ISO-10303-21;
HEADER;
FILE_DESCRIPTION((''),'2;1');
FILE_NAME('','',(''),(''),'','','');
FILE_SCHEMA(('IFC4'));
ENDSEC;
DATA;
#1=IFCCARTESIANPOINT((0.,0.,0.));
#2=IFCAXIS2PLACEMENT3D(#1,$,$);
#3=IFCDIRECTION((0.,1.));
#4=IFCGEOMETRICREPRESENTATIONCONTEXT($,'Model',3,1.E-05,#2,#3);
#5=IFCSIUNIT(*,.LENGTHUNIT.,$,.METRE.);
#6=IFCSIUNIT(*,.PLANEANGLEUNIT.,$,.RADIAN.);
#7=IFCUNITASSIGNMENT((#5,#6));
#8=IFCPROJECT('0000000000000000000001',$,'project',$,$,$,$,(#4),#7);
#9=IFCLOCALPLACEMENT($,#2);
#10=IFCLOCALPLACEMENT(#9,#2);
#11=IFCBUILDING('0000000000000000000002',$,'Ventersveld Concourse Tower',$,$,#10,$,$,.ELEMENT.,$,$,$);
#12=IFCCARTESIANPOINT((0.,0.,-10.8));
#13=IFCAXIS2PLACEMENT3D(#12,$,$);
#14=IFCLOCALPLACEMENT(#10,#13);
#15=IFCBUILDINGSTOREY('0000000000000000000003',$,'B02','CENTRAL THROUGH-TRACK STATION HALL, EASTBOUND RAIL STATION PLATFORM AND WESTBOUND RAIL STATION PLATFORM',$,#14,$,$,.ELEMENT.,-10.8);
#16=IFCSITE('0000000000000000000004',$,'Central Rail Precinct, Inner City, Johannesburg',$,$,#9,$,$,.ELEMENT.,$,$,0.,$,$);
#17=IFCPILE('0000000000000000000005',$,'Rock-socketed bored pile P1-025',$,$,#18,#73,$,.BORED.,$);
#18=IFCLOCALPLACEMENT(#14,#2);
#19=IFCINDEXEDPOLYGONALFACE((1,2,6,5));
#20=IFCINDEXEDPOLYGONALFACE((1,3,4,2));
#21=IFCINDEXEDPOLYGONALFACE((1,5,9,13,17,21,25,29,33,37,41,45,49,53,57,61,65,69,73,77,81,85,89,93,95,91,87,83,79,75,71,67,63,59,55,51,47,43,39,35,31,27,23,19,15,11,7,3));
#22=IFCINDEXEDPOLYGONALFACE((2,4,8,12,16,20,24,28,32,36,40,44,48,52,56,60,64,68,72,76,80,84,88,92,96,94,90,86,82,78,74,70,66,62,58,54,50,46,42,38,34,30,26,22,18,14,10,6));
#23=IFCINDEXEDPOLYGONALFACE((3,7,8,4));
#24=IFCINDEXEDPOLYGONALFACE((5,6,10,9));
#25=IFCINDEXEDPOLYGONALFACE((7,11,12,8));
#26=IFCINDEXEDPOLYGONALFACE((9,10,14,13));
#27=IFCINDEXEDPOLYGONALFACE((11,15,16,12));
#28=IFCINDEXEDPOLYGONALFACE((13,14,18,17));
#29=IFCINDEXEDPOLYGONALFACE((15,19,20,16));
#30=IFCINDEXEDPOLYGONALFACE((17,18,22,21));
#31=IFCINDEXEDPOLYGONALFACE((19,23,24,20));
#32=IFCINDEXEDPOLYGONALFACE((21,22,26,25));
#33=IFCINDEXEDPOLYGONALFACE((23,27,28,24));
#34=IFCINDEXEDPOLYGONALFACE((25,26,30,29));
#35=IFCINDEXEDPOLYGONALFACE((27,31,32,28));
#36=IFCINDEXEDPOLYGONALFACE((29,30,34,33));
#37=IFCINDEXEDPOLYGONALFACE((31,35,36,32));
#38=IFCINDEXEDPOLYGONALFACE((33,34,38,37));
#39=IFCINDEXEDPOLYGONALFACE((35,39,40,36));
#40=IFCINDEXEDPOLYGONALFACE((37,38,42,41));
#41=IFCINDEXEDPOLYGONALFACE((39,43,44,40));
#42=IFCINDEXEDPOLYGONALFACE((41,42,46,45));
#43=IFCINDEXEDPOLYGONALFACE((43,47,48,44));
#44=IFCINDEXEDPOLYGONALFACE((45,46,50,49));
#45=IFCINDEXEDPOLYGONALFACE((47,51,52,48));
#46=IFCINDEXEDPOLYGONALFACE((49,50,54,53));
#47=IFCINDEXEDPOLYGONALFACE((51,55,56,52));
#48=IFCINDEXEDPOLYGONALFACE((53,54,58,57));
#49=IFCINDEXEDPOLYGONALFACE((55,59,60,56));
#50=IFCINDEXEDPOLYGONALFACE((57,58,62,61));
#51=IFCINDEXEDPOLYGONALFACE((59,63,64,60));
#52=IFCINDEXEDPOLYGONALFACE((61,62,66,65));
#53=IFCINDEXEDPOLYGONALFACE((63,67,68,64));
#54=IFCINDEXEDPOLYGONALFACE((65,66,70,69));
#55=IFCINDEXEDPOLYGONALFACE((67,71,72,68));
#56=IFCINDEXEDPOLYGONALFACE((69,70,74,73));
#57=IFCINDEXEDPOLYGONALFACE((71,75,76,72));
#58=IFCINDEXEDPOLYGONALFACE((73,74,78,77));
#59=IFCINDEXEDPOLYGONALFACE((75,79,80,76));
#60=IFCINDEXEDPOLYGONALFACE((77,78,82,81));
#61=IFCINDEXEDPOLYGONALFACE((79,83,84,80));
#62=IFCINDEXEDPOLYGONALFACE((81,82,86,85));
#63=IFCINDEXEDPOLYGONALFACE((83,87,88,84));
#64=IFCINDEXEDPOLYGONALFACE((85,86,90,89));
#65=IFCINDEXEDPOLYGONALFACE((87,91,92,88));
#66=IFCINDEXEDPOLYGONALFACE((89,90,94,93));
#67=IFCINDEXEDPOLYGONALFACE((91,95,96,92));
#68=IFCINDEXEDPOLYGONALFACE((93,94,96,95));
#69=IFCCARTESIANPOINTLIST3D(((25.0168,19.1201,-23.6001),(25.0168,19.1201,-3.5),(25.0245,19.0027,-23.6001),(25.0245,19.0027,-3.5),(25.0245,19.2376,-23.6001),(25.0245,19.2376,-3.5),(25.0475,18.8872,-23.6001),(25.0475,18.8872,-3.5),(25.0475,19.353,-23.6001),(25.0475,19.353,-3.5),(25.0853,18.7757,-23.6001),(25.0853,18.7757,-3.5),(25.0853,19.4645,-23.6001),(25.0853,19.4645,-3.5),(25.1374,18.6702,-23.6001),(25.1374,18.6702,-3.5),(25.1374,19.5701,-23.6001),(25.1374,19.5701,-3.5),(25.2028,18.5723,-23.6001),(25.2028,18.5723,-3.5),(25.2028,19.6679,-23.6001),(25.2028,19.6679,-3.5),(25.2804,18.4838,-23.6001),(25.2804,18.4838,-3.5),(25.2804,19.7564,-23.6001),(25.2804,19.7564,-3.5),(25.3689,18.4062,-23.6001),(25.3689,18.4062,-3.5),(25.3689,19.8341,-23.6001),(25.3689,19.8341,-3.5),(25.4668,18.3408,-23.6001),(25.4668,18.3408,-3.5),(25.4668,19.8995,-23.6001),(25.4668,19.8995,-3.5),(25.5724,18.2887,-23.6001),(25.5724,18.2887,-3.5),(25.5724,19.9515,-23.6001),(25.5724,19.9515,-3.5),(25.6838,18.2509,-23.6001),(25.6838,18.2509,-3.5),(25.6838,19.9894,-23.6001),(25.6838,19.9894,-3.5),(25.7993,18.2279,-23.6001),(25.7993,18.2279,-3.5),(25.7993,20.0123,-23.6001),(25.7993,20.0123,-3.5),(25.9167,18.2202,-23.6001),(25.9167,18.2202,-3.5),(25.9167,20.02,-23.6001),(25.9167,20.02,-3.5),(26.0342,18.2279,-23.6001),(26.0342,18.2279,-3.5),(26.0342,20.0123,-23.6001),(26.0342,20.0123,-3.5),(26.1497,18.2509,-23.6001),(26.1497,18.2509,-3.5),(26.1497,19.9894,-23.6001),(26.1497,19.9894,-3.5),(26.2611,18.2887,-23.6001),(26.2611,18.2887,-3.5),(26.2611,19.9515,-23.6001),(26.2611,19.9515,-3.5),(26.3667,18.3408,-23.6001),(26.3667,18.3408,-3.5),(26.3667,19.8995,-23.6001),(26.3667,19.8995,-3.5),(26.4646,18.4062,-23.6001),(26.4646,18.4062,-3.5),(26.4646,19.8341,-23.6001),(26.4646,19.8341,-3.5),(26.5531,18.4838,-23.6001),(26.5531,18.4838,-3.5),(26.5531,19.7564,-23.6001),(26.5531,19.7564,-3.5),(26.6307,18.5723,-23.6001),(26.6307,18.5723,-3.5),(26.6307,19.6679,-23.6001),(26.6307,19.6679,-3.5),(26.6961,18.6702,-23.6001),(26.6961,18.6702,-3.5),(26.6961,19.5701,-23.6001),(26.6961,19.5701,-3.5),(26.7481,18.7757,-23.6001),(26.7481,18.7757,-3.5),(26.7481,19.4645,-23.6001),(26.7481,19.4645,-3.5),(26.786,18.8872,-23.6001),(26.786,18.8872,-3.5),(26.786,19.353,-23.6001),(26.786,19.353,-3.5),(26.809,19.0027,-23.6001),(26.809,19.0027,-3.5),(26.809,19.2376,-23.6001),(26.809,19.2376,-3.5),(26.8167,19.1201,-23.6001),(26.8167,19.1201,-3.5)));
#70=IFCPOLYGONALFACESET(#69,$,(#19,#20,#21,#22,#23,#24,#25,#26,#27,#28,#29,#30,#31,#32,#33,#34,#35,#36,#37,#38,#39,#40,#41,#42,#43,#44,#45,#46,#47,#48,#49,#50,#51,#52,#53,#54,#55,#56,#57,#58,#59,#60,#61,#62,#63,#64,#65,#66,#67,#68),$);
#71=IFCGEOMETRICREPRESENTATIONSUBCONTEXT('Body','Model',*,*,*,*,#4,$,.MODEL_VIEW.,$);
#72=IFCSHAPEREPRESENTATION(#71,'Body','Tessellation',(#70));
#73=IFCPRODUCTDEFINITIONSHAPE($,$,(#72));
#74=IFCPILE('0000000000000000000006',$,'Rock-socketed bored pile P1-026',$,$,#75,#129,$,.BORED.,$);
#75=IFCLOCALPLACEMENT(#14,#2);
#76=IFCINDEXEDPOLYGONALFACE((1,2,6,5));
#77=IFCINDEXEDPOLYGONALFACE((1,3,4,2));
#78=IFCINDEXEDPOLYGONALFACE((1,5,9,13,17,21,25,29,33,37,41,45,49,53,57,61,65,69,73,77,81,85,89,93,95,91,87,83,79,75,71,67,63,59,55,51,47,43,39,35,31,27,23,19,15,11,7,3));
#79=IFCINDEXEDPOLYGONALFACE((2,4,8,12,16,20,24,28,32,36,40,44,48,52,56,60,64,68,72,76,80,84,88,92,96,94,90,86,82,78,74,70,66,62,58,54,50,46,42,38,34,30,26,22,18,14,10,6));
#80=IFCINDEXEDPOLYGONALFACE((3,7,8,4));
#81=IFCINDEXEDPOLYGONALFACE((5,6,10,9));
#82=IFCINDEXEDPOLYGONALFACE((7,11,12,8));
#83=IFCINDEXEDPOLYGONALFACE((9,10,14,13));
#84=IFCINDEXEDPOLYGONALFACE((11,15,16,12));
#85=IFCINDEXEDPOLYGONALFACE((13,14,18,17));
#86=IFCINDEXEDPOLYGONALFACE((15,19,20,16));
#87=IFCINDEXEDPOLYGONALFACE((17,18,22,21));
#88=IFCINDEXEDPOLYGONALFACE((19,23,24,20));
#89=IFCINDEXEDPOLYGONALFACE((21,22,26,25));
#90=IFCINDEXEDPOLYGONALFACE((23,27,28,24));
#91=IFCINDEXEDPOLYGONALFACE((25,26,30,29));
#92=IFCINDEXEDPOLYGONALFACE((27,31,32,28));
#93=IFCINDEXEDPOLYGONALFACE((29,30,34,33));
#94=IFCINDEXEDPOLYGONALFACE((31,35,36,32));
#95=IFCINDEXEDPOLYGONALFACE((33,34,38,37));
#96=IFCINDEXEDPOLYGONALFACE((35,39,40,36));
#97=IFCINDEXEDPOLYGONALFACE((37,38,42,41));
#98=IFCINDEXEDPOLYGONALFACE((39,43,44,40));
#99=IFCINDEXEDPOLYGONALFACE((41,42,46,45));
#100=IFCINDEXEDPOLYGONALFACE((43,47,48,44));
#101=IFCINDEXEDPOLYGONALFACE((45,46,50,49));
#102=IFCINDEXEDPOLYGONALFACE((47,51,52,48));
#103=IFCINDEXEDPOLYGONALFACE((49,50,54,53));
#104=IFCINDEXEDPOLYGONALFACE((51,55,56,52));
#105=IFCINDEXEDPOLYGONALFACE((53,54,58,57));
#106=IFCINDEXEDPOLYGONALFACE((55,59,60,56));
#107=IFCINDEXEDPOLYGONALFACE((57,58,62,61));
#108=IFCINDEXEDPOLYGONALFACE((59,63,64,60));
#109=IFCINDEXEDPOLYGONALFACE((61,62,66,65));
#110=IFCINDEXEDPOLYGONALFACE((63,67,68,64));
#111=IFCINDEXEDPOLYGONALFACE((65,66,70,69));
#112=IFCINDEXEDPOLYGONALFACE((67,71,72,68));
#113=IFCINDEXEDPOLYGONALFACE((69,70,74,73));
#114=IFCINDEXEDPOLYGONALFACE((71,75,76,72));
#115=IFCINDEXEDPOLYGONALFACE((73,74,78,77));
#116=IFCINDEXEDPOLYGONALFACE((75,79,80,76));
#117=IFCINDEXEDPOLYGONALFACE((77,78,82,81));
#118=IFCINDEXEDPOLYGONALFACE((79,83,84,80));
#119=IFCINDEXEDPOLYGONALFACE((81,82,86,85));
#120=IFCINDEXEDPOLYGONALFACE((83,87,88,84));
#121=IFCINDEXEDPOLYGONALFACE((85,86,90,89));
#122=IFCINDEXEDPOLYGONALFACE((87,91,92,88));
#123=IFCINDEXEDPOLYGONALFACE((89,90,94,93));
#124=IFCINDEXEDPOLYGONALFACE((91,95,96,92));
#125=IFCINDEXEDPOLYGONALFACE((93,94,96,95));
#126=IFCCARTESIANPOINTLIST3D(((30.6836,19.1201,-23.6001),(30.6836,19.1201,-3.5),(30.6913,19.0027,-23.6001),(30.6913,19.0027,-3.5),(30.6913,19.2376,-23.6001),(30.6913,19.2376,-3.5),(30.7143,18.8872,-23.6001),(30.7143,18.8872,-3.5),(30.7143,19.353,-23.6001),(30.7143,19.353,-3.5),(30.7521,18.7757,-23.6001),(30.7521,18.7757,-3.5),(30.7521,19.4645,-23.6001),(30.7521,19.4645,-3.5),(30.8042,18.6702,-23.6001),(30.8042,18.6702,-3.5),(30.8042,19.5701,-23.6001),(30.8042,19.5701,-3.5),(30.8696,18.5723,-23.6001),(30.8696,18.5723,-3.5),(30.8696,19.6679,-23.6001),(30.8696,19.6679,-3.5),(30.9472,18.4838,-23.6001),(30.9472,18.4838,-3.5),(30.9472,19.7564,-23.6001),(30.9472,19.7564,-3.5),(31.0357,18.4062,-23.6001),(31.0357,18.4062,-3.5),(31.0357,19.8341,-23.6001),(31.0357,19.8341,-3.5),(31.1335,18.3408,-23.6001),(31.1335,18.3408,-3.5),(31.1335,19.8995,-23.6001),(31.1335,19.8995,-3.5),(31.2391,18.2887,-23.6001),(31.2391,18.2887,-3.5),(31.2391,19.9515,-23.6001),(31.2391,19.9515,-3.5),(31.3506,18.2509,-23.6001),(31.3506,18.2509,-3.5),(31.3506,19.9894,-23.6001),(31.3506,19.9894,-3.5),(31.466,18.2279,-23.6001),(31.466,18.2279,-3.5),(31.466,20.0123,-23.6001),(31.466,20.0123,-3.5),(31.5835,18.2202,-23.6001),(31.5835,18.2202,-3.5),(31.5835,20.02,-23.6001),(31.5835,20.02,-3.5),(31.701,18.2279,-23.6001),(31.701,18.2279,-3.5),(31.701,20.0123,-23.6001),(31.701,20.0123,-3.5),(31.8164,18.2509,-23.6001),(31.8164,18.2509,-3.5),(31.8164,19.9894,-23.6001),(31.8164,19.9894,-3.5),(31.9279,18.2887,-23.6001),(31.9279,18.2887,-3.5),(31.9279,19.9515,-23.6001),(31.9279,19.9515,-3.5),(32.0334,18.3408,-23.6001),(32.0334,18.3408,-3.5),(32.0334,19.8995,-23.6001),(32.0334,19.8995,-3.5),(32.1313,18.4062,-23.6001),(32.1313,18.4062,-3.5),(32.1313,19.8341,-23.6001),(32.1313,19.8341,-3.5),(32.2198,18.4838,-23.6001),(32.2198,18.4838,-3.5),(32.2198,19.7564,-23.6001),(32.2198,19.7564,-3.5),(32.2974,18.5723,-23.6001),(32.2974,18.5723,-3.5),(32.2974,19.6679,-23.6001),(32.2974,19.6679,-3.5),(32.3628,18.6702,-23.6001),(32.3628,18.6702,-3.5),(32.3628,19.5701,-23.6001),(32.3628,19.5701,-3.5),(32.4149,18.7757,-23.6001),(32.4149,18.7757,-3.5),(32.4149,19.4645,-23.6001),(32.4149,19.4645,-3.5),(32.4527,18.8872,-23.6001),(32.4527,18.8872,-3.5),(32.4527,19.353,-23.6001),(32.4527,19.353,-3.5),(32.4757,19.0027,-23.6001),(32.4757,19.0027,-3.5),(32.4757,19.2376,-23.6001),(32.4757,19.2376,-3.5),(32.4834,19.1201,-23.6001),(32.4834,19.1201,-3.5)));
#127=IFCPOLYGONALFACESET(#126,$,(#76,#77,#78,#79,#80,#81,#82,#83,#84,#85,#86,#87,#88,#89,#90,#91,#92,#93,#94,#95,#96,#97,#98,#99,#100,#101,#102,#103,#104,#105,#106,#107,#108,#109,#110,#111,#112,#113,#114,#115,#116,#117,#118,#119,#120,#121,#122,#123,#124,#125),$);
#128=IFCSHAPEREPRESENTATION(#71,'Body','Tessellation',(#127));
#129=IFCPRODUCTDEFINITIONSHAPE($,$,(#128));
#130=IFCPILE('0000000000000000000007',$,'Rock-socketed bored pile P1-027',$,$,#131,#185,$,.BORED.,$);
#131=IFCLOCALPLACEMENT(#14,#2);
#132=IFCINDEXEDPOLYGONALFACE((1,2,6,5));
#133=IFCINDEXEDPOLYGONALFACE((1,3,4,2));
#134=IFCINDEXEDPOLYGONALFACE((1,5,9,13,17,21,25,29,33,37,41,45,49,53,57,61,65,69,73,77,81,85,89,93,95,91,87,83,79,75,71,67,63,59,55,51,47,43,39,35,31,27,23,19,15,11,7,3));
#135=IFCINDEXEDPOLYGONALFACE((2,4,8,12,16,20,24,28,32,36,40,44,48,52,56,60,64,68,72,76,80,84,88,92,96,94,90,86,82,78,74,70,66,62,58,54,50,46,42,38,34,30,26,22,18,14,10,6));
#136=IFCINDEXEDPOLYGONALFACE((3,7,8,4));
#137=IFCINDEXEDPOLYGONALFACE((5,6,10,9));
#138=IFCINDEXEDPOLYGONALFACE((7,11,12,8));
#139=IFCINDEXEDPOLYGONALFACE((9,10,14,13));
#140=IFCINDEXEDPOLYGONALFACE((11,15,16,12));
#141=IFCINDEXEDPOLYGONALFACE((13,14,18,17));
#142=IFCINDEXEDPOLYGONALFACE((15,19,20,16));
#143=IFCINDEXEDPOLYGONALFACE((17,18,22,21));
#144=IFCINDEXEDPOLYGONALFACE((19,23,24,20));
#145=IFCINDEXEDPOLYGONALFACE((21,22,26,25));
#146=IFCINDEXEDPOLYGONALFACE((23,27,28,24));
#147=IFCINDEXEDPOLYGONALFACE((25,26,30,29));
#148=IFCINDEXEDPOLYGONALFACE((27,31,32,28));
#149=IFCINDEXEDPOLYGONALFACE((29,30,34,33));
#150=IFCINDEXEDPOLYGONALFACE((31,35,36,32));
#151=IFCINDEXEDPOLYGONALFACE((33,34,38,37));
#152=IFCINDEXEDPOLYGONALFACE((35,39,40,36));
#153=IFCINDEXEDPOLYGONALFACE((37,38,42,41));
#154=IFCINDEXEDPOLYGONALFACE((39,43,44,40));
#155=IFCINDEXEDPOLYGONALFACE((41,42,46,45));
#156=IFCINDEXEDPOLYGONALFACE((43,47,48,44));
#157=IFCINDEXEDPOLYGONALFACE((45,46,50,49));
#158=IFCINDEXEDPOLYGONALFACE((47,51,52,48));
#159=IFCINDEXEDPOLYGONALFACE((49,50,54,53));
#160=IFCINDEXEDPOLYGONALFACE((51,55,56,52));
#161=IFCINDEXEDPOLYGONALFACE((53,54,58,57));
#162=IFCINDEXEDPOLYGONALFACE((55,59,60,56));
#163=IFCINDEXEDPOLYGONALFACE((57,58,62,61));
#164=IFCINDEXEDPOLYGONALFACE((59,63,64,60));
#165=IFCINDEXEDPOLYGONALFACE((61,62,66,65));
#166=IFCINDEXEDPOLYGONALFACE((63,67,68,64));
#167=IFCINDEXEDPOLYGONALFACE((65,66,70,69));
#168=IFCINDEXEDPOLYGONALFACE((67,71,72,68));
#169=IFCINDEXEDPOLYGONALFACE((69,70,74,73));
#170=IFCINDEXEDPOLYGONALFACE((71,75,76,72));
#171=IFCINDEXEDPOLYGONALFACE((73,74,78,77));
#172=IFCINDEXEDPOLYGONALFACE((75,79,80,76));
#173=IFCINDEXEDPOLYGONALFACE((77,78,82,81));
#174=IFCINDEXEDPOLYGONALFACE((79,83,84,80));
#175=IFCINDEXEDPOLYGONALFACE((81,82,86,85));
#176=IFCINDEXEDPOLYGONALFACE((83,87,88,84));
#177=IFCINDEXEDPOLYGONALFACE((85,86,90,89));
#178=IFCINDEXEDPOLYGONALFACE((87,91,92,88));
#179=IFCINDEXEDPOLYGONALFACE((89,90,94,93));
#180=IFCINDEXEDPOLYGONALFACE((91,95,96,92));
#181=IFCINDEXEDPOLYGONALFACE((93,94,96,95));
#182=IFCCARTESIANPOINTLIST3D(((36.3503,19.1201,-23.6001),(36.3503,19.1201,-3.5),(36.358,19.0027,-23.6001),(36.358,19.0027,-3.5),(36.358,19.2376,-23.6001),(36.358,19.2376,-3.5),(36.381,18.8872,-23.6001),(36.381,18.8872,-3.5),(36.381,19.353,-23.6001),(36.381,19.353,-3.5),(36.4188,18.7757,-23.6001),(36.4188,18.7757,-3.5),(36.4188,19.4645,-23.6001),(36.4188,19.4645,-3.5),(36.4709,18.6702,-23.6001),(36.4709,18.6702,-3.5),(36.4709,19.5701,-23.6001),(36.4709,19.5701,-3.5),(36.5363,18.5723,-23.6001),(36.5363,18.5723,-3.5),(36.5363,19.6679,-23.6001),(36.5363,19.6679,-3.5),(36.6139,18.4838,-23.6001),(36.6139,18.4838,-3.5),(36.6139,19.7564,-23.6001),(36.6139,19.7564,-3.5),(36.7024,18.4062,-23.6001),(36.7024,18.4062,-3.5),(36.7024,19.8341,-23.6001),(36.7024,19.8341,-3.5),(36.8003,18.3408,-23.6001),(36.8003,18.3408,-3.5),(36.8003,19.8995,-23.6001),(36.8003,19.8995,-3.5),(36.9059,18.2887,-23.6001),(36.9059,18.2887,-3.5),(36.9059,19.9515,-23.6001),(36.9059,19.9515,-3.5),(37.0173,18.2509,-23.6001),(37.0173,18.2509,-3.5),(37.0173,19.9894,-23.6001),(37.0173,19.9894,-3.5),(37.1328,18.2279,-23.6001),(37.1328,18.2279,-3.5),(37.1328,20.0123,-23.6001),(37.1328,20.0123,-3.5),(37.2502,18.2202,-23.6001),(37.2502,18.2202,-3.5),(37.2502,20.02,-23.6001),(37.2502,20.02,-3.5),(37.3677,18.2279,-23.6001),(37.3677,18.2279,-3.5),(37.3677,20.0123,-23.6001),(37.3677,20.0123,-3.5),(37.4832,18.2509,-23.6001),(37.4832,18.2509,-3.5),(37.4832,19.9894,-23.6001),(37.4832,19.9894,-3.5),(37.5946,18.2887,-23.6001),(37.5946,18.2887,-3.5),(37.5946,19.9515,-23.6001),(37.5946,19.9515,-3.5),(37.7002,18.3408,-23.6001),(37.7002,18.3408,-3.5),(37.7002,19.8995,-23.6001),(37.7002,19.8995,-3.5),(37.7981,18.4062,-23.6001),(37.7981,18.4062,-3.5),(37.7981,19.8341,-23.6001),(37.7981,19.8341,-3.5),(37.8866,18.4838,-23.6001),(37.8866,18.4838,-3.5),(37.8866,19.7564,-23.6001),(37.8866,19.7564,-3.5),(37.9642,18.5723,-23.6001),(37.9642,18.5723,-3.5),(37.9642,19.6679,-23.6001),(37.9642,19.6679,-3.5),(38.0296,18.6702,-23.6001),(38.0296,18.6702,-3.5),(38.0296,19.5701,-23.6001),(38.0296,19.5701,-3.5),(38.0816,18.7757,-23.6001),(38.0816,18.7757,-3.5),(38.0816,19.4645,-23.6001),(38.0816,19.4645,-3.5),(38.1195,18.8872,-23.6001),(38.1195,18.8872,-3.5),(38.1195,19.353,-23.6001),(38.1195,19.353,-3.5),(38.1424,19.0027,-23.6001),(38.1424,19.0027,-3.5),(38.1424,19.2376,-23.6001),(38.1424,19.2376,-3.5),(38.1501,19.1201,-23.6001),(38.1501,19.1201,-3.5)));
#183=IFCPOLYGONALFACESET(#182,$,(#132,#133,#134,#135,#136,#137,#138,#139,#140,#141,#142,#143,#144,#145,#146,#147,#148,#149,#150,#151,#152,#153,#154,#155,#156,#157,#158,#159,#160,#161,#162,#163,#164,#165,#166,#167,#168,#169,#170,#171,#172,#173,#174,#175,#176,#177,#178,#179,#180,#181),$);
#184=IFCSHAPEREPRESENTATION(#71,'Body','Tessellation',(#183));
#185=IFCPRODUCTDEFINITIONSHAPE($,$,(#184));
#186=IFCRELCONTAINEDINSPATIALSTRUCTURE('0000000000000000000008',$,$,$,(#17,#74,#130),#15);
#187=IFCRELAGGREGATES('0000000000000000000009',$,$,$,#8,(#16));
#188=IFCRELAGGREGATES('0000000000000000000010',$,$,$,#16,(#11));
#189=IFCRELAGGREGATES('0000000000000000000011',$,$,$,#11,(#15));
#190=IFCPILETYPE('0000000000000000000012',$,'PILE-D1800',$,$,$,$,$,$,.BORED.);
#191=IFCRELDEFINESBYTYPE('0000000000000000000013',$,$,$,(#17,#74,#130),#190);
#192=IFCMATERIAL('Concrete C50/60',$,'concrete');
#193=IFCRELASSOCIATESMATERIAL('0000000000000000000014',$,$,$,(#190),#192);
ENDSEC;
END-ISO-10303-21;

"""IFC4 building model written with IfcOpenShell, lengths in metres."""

from ifc_helpers import new_model, si_unit, direction, frame, origin, origin_2d, place, context, subcontext, project, spatial, circle, extrude, material, material_profile, profile_set, type_object, element, save


model = new_model("IFC4")

# Units and contexts
model_context = context("Model", 3, precision=1e-05, world=origin(), true_north=direction((0.0, 1.0)))
body_context = subcontext(model_context, "Body", "Model", "MODEL_VIEW")
ifc_project = project(units=[si_unit("LENGTHUNIT", "METRE"), si_unit("PLANEANGLEUNIT", "RADIAN")], contexts=[model_context])

# Site, building, storey
site_placement = place(None, origin())
site = spatial("IfcSite", under=ifc_project, at=site_placement, Name="Central Rail Precinct, Inner City, Johannesburg", CompositionType="ELEMENT", RefElevation=0.0)
building_placement = place(site_placement, origin())
building = spatial("IfcBuilding", under=site, at=building_placement, Name="Ventersveld Concourse Tower", CompositionType="ELEMENT")
storey_placement = place(building_placement, frame((0.0, 0.0, -10.8)))
storey = spatial("IfcBuildingStorey", under=building, at=storey_placement, Name="B02", Description="CENTRAL THROUGH-TRACK STATION HALL, EASTBOUND RAIL STATION PLATFORM AND WESTBOUND RAIL STATION PLATFORM", CompositionType="ELEMENT", Elevation=-10.8)

# Piles
ifc_material_1 = material(Name="Concrete C50/60", Category="concrete")
ifc_material_profile_1 = material_profile(ifc_material_1, circle(Radius=0.8999, at=origin_2d()), Name="PILE D1800")
ifc_profile_set_1 = profile_set([ifc_material_profile_1], Name="Concrete C50/60")
pile_type = type_object("IfcPileType", Name="PILE-D1800", PredefinedType="BORED", material=ifc_profile_set_1)
for number, where, z_axis, x_axis, name in (
    (1, (25.9167, 19.1201, -3.5), (0.0, 0.0, -1.0), (1.0, 0.0, 0.0), "Rock-socketed bored pile P1-025"),
    (2, (31.5835, 19.1201, -3.5), (0.0, 0.0, -1.0), (1.0, 0.0, 0.0), "Rock-socketed bored pile P1-026"),
    (3, (37.2502, 19.1201, -3.5), (0.0, 0.0, -1.0), (1.0, 0.0, 0.0), "Rock-socketed bored pile P1-027"),
):
    element("IfcPile", number, at=place(storey_placement, frame(where, z_axis=z_axis, x_axis=x_axis)), inside=storey, type_object=pile_type, Name=name, PredefinedType="BORED", context=body_context, shape_type="SweptSolid", body=[
        extrude(circle(Radius=0.8999, at=origin_2d()), origin(), (0.0, 0.0, 1.0), 20.1001),
    ])

save(model, "model.ifc")
